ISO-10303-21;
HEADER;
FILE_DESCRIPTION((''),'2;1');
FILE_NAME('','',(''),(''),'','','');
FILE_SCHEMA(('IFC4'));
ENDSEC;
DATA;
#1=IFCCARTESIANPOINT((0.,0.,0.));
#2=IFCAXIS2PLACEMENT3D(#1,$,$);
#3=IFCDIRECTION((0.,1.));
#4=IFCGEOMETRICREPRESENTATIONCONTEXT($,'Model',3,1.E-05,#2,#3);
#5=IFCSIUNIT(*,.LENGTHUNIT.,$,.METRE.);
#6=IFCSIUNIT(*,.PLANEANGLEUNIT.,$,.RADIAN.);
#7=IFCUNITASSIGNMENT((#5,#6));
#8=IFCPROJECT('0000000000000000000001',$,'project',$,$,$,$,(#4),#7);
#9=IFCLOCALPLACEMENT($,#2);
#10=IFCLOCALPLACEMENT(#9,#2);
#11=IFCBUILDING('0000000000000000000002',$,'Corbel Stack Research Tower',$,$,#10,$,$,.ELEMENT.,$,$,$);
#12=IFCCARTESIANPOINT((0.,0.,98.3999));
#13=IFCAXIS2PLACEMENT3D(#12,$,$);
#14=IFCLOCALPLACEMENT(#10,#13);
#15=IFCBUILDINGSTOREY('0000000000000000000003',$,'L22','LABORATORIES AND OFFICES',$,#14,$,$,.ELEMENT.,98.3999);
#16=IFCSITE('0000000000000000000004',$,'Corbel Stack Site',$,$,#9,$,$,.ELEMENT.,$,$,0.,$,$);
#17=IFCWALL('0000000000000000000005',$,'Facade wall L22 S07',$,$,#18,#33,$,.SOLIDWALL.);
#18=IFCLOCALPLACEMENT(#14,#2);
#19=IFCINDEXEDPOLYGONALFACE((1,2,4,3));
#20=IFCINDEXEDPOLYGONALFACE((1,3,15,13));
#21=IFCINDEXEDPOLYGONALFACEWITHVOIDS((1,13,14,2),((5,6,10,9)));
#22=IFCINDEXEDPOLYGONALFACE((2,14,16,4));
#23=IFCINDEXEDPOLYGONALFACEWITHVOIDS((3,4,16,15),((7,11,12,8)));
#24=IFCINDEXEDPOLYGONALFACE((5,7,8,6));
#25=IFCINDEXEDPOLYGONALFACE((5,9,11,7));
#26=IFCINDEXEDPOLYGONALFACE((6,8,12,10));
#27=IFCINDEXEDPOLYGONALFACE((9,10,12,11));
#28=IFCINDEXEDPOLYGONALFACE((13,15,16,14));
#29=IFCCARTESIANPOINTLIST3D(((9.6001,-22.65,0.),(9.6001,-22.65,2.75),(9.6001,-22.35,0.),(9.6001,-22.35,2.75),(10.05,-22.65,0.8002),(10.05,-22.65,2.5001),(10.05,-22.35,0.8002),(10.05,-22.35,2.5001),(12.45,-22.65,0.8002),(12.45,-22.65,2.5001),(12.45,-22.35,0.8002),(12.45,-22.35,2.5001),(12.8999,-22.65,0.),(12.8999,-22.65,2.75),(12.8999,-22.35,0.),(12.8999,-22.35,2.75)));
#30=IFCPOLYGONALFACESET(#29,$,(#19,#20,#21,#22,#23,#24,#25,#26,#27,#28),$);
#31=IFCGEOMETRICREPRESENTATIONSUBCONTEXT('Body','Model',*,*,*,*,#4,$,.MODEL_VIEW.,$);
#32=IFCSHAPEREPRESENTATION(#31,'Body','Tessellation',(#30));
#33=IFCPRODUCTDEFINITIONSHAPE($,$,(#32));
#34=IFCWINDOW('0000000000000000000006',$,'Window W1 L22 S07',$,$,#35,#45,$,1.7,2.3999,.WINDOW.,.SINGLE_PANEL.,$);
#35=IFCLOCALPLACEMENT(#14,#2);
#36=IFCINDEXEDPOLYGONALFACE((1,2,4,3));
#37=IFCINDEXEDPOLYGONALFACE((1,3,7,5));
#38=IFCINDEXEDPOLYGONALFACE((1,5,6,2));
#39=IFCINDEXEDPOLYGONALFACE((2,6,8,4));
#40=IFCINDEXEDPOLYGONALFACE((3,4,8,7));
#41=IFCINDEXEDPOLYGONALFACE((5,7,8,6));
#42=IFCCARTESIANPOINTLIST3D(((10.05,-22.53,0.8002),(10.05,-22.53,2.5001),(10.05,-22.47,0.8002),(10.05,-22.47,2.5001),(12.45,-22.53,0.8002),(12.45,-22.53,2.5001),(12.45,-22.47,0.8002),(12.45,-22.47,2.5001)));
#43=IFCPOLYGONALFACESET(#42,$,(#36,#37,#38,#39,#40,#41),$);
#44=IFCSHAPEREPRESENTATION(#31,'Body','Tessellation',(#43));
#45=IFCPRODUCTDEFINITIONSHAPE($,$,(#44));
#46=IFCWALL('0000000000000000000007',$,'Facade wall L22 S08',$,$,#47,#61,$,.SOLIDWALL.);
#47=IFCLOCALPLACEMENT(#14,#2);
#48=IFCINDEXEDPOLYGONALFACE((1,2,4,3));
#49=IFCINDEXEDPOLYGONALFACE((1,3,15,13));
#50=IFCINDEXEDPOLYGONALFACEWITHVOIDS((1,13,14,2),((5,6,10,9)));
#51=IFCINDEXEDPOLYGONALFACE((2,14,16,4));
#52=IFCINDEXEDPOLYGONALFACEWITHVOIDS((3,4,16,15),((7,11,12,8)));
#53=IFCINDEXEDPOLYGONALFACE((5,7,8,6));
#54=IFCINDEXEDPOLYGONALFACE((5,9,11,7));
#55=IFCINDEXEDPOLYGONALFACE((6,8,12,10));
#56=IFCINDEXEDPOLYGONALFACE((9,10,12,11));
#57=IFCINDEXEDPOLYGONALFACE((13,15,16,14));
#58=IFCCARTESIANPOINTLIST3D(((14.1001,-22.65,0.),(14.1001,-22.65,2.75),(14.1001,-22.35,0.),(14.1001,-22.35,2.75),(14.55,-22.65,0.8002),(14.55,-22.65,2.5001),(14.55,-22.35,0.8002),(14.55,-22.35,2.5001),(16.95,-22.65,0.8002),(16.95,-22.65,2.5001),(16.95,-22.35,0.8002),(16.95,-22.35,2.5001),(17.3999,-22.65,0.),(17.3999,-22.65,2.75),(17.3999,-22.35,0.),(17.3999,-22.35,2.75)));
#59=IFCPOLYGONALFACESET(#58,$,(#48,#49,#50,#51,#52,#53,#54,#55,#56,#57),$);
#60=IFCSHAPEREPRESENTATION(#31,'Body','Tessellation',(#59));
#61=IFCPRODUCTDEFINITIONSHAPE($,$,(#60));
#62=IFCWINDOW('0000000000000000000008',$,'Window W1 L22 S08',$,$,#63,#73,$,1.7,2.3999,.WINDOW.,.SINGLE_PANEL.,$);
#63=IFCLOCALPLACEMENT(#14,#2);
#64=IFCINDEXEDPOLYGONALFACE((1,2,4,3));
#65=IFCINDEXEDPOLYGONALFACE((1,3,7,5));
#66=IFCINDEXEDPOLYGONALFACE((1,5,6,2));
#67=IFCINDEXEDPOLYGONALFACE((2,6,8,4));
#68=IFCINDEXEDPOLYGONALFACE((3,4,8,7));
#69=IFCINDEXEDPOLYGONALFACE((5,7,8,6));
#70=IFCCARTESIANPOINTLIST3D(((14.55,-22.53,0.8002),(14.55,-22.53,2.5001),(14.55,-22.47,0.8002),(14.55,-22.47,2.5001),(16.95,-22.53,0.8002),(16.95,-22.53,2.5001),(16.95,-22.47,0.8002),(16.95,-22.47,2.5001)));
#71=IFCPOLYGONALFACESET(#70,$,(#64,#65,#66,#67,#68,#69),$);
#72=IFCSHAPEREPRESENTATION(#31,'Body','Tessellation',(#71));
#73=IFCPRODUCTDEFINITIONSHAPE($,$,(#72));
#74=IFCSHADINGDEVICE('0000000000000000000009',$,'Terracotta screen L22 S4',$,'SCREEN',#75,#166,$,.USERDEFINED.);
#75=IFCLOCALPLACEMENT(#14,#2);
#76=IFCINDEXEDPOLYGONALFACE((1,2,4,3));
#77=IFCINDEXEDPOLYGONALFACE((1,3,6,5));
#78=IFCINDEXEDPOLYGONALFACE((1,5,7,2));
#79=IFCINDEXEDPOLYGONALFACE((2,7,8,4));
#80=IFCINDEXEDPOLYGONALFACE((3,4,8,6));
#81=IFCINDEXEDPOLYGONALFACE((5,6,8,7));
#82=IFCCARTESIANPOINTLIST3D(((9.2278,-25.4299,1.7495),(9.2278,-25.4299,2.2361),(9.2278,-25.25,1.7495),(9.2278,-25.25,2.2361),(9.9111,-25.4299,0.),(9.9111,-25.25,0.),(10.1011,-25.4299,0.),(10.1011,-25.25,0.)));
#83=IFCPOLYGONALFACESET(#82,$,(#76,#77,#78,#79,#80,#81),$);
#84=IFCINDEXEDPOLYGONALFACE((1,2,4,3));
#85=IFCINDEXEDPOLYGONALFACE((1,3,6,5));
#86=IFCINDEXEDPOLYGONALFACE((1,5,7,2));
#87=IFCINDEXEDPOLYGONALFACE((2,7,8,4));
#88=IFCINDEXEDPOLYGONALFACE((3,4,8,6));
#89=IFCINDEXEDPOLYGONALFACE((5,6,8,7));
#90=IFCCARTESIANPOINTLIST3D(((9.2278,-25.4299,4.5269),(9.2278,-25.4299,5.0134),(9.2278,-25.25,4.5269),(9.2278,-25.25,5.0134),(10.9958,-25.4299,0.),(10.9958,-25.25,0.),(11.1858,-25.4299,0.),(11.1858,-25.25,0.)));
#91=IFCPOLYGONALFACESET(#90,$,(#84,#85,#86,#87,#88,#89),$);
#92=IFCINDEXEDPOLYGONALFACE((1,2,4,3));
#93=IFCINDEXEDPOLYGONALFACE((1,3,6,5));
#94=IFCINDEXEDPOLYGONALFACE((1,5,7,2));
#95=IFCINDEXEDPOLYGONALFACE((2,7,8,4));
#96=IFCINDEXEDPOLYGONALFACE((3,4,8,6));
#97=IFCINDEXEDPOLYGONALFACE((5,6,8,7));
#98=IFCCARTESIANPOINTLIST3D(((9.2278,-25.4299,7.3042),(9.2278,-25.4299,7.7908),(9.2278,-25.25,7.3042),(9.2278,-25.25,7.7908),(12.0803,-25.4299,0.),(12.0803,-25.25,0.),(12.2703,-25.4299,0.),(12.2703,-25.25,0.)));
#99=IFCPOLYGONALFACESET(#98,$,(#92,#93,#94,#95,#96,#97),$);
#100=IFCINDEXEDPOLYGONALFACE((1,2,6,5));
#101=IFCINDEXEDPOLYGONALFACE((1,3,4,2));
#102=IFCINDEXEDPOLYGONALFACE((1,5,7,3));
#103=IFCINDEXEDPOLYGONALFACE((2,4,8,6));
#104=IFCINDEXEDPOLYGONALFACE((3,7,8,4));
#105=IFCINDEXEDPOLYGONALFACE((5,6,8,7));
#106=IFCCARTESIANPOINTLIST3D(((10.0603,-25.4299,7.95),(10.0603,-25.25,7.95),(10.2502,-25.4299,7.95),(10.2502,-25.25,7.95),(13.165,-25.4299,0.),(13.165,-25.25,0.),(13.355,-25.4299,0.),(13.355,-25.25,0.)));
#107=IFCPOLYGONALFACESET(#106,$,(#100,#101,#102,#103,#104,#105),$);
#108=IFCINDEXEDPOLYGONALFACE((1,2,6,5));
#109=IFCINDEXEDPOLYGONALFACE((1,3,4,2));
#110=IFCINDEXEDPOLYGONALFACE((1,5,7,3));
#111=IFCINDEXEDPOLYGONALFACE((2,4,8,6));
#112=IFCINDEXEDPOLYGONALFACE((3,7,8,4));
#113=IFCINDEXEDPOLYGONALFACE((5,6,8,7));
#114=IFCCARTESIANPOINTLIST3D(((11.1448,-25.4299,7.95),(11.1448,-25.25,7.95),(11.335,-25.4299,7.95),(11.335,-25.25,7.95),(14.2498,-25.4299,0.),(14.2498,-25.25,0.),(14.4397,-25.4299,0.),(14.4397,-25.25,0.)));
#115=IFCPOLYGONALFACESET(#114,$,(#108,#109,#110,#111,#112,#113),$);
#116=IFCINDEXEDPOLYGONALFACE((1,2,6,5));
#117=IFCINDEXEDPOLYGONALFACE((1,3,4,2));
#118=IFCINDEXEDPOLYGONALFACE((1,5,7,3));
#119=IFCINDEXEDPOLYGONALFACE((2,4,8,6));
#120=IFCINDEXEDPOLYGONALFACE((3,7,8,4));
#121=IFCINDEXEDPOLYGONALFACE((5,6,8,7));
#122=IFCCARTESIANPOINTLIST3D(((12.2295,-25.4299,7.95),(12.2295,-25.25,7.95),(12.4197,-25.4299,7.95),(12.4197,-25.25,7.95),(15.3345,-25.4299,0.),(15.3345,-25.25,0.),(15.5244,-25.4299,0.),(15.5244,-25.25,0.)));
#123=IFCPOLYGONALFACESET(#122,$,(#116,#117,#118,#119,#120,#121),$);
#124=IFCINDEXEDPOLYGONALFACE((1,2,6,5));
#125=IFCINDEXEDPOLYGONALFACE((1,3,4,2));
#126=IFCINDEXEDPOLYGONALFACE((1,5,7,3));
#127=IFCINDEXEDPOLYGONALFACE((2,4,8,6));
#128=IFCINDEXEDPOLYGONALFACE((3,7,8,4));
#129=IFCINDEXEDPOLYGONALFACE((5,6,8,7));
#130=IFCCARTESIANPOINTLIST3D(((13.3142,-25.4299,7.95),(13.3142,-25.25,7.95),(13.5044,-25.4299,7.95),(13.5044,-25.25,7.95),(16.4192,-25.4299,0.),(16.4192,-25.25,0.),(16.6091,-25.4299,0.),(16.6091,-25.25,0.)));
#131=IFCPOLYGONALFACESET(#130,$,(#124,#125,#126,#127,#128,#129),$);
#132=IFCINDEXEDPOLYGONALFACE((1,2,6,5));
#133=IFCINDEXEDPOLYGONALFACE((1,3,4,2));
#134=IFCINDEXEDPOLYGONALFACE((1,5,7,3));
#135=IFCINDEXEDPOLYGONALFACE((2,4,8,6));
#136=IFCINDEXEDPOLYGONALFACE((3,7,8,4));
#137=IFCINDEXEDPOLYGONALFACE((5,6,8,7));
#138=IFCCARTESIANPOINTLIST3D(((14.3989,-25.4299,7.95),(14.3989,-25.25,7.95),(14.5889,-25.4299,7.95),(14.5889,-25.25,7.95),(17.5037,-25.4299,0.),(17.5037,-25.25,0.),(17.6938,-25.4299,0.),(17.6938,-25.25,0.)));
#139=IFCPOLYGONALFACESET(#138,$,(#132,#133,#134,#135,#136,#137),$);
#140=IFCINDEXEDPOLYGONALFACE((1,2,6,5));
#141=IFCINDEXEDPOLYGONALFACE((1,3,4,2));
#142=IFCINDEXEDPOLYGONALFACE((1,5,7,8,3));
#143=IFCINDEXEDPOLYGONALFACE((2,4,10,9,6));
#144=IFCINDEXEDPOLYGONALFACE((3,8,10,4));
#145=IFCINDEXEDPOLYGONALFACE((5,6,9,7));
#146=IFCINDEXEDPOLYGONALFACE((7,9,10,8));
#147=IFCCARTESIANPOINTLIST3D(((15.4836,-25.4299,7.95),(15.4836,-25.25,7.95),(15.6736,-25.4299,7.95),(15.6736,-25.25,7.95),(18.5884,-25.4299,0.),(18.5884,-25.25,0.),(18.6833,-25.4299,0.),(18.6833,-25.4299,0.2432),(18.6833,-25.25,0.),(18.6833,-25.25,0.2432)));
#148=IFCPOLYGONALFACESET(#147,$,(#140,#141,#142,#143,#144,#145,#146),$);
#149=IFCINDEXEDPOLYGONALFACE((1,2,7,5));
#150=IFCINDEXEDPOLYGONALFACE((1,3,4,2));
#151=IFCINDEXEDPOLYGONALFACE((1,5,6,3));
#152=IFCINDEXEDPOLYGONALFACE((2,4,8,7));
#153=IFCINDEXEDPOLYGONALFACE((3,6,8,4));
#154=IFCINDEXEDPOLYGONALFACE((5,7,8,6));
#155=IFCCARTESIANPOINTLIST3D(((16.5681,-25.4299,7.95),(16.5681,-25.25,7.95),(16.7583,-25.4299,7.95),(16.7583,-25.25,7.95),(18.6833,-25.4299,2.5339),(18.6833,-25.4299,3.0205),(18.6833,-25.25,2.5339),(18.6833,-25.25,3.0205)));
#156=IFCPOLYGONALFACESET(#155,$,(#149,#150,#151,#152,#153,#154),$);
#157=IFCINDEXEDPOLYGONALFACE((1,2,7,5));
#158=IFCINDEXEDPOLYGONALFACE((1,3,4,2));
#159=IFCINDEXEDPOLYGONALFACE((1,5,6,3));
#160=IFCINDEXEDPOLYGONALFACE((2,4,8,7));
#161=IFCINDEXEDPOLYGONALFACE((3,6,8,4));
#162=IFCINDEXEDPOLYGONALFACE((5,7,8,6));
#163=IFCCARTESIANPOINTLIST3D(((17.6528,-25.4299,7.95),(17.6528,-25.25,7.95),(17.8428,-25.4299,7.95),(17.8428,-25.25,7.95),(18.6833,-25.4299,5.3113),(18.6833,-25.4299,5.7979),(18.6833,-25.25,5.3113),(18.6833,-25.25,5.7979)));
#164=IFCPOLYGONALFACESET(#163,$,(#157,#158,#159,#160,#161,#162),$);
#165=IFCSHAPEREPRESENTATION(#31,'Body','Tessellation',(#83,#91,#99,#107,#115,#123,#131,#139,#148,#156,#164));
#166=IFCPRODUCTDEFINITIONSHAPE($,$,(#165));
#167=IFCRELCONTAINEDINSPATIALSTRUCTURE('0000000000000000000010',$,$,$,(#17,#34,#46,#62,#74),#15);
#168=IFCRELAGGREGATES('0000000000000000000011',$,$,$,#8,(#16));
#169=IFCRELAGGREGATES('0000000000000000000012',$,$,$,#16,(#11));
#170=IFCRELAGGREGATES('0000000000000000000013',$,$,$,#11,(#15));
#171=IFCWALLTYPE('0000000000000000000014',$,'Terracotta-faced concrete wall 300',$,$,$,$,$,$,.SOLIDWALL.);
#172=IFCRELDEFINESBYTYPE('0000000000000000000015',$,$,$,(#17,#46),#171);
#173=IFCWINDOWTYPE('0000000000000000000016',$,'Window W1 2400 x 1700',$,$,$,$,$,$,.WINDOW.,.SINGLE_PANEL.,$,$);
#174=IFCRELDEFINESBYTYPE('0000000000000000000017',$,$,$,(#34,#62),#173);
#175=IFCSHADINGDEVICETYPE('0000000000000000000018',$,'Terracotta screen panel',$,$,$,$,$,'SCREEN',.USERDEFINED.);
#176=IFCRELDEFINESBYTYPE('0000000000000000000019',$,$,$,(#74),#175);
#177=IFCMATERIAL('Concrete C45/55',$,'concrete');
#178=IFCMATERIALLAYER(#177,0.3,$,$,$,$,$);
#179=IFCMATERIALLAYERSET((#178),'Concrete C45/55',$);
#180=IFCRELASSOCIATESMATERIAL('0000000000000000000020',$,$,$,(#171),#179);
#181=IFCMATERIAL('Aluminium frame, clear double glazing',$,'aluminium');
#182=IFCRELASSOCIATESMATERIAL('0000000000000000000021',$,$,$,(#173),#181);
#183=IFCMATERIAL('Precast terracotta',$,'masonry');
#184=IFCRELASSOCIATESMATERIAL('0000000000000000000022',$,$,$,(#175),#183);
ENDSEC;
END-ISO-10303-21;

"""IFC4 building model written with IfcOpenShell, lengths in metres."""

from ifc_helpers import new_model, si_unit, direction, frame, frame_2d, origin, place, context, subcontext, project, spatial, polyline, rectangle, outline, extrude, source, transform, mapped, material, layer, layer_set, type_object, element, fill, save


model = new_model("IFC4")

# Units and contexts
model_context = context("Model", 3, precision=1e-05, world=origin(), true_north=direction((0.0, 1.0)))
body_context = subcontext(model_context, "Body", "Model", "MODEL_VIEW")
ifc_project = project(units=[si_unit("LENGTHUNIT", "METRE"), si_unit("PLANEANGLEUNIT", "RADIAN")], contexts=[model_context])

# Site, building, storey
site_placement = place(None, origin())
site = spatial("IfcSite", under=ifc_project, at=site_placement, Name="Corbel Stack Site", CompositionType="ELEMENT", RefElevation=0.0)
building_placement = place(site_placement, origin())
building = spatial("IfcBuilding", under=site, at=building_placement, Name="Corbel Stack Research Tower", CompositionType="ELEMENT")
storey_placement = place(building_placement, frame((0.0, 0.0, 98.3999)))
storey = spatial("IfcBuildingStorey", under=building, at=storey_placement, Name="L22", Description="LABORATORIES AND OFFICES", CompositionType="ELEMENT", Elevation=98.3999)

# Walls, openings, windows
ifc_material_1 = material(Name="Concrete C45/55", Category="concrete")
ifc_layer_1 = layer(ifc_material_1, 0.3)
ifc_layer_set_1 = layer_set([ifc_layer_1], Name="Concrete C45/55")
wall_type_1 = type_object("IfcWallType", Name="Terracotta-faced concrete wall 300", PredefinedType="SOLIDWALL", material=ifc_layer_set_1)
wall_1_placement = place(storey_placement, frame((12.8999, -22.5, 0.0), z_axis=(0.0, 0.0, 1.0), x_axis=(-1.0, 0.0, 0.0)))
wall_1 = element("IfcWall", 1, at=wall_1_placement, inside=storey, type_object=wall_type_1, Name="Facade wall L22 S07", PredefinedType="SOLIDWALL", context=body_context, shape_type="SweptSolid", body=[
    extrude(rectangle(XDim=3.2998, YDim=0.3, at=frame_2d((1.6499, 0.0))), origin(), (0.0, 0.0, 1.0), 2.75),
])
opening_1_placement = place(wall_1_placement, frame((0.45, 0.0, 0.8)))
opening_1 = element("IfcOpeningElement", 2, at=opening_1_placement, cuts=wall_1, PredefinedType="OPENING", context=body_context, shape_type="SweptSolid", body=[
    extrude(rectangle(XDim=2.3999, YDim=1.7, at=frame_2d((1.2, 0.8501))), frame((0.0, 0.1599, 0.0), z_axis=(0.0, -1.0, 0.0), x_axis=(1.0, 0.0, 0.0)), (0.0, 0.0, 1.0), 0.3201),
])
ifc_material_2 = material(Name="Aluminium frame, clear double glazing", Category="aluminium")
window_type = type_object("IfcWindowType", Name="Window W1 2400 x 1700", PartitioningType="SINGLE_PANEL", PredefinedType="WINDOW", material=ifc_material_2)
window_1_placement = place(opening_1_placement, origin())
window_1 = element("IfcWindow", 3, at=window_1_placement, inside=storey, type_object=window_type, Name="Window W1 L22 S07", OverallHeight=1.7, OverallWidth=2.3999, PartitioningType="SINGLE_PANEL", PredefinedType="WINDOW", context=body_context, shape_type="SweptSolid", body=[
    extrude(rectangle(XDim=2.3999, YDim=1.7, at=frame_2d((1.2, 0.8501))), frame((0.0, 0.03, 0.0), z_axis=(0.0, -1.0, 0.0), x_axis=(1.0, 0.0, 0.0)), (0.0, 0.0, 1.0), 0.0601),
])
fill(opening_1, window_1)
wall_2_placement = place(storey_placement, frame((17.3999, -22.5, 0.0), z_axis=(0.0, 0.0, 1.0), x_axis=(-1.0, 0.0, 0.0)))
wall_2 = element("IfcWall", 4, at=wall_2_placement, inside=storey, type_object=wall_type_1, Name="Facade wall L22 S08", PredefinedType="SOLIDWALL", context=body_context, shape_type="SweptSolid", body=[
    extrude(rectangle(XDim=3.2998, YDim=0.3, at=frame_2d((1.6499, 0.0))), origin(), (0.0, 0.0, 1.0), 2.75),
])
opening_2_placement = place(wall_2_placement, frame((0.45, 0.0, 0.8)))
opening_2 = element("IfcOpeningElement", 5, at=opening_2_placement, cuts=wall_2, PredefinedType="OPENING", context=body_context, shape_type="SweptSolid", body=[
    extrude(rectangle(XDim=2.3999, YDim=1.7, at=frame_2d((1.2, 0.8501))), frame((0.0, 0.1599, 0.0), z_axis=(0.0, -1.0, 0.0), x_axis=(1.0, 0.0, 0.0)), (0.0, 0.0, 1.0), 0.3201),
])
window_2_placement = place(opening_2_placement, origin())
window_2 = element("IfcWindow", 6, at=window_2_placement, inside=storey, type_object=window_type, Name="Window W1 L22 S08", OverallHeight=1.7, OverallWidth=2.3999, PartitioningType="SINGLE_PANEL", PredefinedType="WINDOW", context=body_context, shape_type="SweptSolid", body=[
    extrude(rectangle(XDim=2.3999, YDim=1.7, at=frame_2d((1.2, 0.8501))), frame((0.0, 0.03, 0.0), z_axis=(0.0, -1.0, 0.0), x_axis=(1.0, 0.0, 0.0)), (0.0, 0.0, 1.0), 0.0601),
])
fill(opening_2, window_2)

# Shading device
ifc_material_3 = material(Name="Precast terracotta", Category="masonry")
shading_device_type = type_object("IfcShadingDeviceType", Name="Terracotta screen panel", ElementType="SCREEN", PredefinedType="USERDEFINED", material=ifc_material_3)
shared_shape = source(origin(), body_context, "Body", "SweptSolid", [
    extrude(outline(polyline([(0.8733, 0.0), (0.0, 2.2361), (0.0, 1.7495), (0.6833, 0.0), (0.8733, 0.0)])), frame((0.0, 0.0, 0.0), z_axis=(0.0, -1.0, 0.0), x_axis=(1.0, 0.0, 0.0)), (0.0, 0.0, 1.0), 0.1799),
    extrude(outline(polyline([(1.958, 0.0), (0.0, 5.0134), (0.0, 4.5269), (1.7681, 0.0), (1.958, 0.0)])), frame((0.0, 0.0, 0.0), z_axis=(0.0, -1.0, 0.0), x_axis=(1.0, 0.0, 0.0)), (0.0, 0.0, 1.0), 0.1799),
    extrude(outline(polyline([(3.0425, 0.0), (0.0, 7.7908), (0.0, 7.3042), (2.8525, 0.0), (3.0425, 0.0)])), frame((0.0, 0.0, 0.0), z_axis=(0.0, -1.0, 0.0), x_axis=(1.0, 0.0, 0.0)), (0.0, 0.0, 1.0), 0.1799),
    extrude(outline(polyline([(4.1272, 0.0), (1.0225, 7.95), (0.8325, 7.95), (3.9373, 0.0), (4.1272, 0.0)])), frame((0.0, 0.0, 0.0), z_axis=(0.0, -1.0, 0.0), x_axis=(1.0, 0.0, 0.0)), (0.0, 0.0, 1.0), 0.1799),
    extrude(outline(polyline([(5.2119, 0.0), (2.1072, 7.95), (1.917, 7.95), (5.022, 0.0), (5.2119, 0.0)])), frame((0.0, 0.0, 0.0), z_axis=(0.0, -1.0, 0.0), x_axis=(1.0, 0.0, 0.0)), (0.0, 0.0, 1.0), 0.1799),
    extrude(outline(polyline([(6.2966, 0.0), (3.1919, 7.95), (3.0017, 7.95), (6.1067, 0.0), (6.2966, 0.0)])), frame((0.0, 0.0, 0.0), z_axis=(0.0, -1.0, 0.0), x_axis=(1.0, 0.0, 0.0)), (0.0, 0.0, 1.0), 0.1799),
    extrude(outline(polyline([(7.3813, 0.0), (4.2766, 7.95), (4.0864, 7.95), (7.1914, 0.0), (7.3813, 0.0)])), frame((0.0, 0.0, 0.0), z_axis=(0.0, -1.0, 0.0), x_axis=(1.0, 0.0, 0.0)), (0.0, 0.0, 1.0), 0.1799),
    extrude(outline(polyline([(8.4661, 0.0), (5.3611, 7.95), (5.1711, 7.95), (8.2759, 0.0), (8.4661, 0.0)])), frame((0.0, 0.0, 0.0), z_axis=(0.0, -1.0, 0.0), x_axis=(1.0, 0.0, 0.0)), (0.0, 0.0, 1.0), 0.1799),
    extrude(outline(polyline([(9.4556, 0.0), (9.4556, 0.2432), (6.4458, 7.95), (6.2559, 7.95), (9.3606, 0.0), (9.4556, 0.0)])), frame((0.0, 0.0, 0.0), z_axis=(0.0, -1.0, 0.0), x_axis=(1.0, 0.0, 0.0)), (0.0, 0.0, 1.0), 0.1799),
    extrude(outline(polyline([(7.5305, 7.95), (7.3403, 7.95), (9.4556, 2.5339), (9.4556, 3.0205), (7.5305, 7.95)])), frame((0.0, 0.0, 0.0), z_axis=(0.0, -1.0, 0.0), x_axis=(1.0, 0.0, 0.0)), (0.0, 0.0, 1.0), 0.1799),
    extrude(outline(polyline([(8.615, 7.95), (8.425, 7.95), (9.4556, 5.3113), (9.4556, 5.7979), (8.615, 7.95)])), frame((0.0, 0.0, 0.0), z_axis=(0.0, -1.0, 0.0), x_axis=(1.0, 0.0, 0.0)), (0.0, 0.0, 1.0), 0.1799),
])
shading_device_placement = place(storey_placement, frame((9.2278, -25.25, 0.0), z_axis=(0.0, 0.0, 1.0), x_axis=(1.0, 0.0, 0.0)))
element("IfcShadingDevice", 7, at=shading_device_placement, inside=storey, type_object=shading_device_type, Name="Terracotta screen L22 S4", ObjectType="SCREEN", PredefinedType="USERDEFINED", context=body_context, shape_type="MappedRepresentation", body=[
    mapped(shared_shape, transform((0.0, 0.0, 0.0))),
])

save(model, "model.ifc")
